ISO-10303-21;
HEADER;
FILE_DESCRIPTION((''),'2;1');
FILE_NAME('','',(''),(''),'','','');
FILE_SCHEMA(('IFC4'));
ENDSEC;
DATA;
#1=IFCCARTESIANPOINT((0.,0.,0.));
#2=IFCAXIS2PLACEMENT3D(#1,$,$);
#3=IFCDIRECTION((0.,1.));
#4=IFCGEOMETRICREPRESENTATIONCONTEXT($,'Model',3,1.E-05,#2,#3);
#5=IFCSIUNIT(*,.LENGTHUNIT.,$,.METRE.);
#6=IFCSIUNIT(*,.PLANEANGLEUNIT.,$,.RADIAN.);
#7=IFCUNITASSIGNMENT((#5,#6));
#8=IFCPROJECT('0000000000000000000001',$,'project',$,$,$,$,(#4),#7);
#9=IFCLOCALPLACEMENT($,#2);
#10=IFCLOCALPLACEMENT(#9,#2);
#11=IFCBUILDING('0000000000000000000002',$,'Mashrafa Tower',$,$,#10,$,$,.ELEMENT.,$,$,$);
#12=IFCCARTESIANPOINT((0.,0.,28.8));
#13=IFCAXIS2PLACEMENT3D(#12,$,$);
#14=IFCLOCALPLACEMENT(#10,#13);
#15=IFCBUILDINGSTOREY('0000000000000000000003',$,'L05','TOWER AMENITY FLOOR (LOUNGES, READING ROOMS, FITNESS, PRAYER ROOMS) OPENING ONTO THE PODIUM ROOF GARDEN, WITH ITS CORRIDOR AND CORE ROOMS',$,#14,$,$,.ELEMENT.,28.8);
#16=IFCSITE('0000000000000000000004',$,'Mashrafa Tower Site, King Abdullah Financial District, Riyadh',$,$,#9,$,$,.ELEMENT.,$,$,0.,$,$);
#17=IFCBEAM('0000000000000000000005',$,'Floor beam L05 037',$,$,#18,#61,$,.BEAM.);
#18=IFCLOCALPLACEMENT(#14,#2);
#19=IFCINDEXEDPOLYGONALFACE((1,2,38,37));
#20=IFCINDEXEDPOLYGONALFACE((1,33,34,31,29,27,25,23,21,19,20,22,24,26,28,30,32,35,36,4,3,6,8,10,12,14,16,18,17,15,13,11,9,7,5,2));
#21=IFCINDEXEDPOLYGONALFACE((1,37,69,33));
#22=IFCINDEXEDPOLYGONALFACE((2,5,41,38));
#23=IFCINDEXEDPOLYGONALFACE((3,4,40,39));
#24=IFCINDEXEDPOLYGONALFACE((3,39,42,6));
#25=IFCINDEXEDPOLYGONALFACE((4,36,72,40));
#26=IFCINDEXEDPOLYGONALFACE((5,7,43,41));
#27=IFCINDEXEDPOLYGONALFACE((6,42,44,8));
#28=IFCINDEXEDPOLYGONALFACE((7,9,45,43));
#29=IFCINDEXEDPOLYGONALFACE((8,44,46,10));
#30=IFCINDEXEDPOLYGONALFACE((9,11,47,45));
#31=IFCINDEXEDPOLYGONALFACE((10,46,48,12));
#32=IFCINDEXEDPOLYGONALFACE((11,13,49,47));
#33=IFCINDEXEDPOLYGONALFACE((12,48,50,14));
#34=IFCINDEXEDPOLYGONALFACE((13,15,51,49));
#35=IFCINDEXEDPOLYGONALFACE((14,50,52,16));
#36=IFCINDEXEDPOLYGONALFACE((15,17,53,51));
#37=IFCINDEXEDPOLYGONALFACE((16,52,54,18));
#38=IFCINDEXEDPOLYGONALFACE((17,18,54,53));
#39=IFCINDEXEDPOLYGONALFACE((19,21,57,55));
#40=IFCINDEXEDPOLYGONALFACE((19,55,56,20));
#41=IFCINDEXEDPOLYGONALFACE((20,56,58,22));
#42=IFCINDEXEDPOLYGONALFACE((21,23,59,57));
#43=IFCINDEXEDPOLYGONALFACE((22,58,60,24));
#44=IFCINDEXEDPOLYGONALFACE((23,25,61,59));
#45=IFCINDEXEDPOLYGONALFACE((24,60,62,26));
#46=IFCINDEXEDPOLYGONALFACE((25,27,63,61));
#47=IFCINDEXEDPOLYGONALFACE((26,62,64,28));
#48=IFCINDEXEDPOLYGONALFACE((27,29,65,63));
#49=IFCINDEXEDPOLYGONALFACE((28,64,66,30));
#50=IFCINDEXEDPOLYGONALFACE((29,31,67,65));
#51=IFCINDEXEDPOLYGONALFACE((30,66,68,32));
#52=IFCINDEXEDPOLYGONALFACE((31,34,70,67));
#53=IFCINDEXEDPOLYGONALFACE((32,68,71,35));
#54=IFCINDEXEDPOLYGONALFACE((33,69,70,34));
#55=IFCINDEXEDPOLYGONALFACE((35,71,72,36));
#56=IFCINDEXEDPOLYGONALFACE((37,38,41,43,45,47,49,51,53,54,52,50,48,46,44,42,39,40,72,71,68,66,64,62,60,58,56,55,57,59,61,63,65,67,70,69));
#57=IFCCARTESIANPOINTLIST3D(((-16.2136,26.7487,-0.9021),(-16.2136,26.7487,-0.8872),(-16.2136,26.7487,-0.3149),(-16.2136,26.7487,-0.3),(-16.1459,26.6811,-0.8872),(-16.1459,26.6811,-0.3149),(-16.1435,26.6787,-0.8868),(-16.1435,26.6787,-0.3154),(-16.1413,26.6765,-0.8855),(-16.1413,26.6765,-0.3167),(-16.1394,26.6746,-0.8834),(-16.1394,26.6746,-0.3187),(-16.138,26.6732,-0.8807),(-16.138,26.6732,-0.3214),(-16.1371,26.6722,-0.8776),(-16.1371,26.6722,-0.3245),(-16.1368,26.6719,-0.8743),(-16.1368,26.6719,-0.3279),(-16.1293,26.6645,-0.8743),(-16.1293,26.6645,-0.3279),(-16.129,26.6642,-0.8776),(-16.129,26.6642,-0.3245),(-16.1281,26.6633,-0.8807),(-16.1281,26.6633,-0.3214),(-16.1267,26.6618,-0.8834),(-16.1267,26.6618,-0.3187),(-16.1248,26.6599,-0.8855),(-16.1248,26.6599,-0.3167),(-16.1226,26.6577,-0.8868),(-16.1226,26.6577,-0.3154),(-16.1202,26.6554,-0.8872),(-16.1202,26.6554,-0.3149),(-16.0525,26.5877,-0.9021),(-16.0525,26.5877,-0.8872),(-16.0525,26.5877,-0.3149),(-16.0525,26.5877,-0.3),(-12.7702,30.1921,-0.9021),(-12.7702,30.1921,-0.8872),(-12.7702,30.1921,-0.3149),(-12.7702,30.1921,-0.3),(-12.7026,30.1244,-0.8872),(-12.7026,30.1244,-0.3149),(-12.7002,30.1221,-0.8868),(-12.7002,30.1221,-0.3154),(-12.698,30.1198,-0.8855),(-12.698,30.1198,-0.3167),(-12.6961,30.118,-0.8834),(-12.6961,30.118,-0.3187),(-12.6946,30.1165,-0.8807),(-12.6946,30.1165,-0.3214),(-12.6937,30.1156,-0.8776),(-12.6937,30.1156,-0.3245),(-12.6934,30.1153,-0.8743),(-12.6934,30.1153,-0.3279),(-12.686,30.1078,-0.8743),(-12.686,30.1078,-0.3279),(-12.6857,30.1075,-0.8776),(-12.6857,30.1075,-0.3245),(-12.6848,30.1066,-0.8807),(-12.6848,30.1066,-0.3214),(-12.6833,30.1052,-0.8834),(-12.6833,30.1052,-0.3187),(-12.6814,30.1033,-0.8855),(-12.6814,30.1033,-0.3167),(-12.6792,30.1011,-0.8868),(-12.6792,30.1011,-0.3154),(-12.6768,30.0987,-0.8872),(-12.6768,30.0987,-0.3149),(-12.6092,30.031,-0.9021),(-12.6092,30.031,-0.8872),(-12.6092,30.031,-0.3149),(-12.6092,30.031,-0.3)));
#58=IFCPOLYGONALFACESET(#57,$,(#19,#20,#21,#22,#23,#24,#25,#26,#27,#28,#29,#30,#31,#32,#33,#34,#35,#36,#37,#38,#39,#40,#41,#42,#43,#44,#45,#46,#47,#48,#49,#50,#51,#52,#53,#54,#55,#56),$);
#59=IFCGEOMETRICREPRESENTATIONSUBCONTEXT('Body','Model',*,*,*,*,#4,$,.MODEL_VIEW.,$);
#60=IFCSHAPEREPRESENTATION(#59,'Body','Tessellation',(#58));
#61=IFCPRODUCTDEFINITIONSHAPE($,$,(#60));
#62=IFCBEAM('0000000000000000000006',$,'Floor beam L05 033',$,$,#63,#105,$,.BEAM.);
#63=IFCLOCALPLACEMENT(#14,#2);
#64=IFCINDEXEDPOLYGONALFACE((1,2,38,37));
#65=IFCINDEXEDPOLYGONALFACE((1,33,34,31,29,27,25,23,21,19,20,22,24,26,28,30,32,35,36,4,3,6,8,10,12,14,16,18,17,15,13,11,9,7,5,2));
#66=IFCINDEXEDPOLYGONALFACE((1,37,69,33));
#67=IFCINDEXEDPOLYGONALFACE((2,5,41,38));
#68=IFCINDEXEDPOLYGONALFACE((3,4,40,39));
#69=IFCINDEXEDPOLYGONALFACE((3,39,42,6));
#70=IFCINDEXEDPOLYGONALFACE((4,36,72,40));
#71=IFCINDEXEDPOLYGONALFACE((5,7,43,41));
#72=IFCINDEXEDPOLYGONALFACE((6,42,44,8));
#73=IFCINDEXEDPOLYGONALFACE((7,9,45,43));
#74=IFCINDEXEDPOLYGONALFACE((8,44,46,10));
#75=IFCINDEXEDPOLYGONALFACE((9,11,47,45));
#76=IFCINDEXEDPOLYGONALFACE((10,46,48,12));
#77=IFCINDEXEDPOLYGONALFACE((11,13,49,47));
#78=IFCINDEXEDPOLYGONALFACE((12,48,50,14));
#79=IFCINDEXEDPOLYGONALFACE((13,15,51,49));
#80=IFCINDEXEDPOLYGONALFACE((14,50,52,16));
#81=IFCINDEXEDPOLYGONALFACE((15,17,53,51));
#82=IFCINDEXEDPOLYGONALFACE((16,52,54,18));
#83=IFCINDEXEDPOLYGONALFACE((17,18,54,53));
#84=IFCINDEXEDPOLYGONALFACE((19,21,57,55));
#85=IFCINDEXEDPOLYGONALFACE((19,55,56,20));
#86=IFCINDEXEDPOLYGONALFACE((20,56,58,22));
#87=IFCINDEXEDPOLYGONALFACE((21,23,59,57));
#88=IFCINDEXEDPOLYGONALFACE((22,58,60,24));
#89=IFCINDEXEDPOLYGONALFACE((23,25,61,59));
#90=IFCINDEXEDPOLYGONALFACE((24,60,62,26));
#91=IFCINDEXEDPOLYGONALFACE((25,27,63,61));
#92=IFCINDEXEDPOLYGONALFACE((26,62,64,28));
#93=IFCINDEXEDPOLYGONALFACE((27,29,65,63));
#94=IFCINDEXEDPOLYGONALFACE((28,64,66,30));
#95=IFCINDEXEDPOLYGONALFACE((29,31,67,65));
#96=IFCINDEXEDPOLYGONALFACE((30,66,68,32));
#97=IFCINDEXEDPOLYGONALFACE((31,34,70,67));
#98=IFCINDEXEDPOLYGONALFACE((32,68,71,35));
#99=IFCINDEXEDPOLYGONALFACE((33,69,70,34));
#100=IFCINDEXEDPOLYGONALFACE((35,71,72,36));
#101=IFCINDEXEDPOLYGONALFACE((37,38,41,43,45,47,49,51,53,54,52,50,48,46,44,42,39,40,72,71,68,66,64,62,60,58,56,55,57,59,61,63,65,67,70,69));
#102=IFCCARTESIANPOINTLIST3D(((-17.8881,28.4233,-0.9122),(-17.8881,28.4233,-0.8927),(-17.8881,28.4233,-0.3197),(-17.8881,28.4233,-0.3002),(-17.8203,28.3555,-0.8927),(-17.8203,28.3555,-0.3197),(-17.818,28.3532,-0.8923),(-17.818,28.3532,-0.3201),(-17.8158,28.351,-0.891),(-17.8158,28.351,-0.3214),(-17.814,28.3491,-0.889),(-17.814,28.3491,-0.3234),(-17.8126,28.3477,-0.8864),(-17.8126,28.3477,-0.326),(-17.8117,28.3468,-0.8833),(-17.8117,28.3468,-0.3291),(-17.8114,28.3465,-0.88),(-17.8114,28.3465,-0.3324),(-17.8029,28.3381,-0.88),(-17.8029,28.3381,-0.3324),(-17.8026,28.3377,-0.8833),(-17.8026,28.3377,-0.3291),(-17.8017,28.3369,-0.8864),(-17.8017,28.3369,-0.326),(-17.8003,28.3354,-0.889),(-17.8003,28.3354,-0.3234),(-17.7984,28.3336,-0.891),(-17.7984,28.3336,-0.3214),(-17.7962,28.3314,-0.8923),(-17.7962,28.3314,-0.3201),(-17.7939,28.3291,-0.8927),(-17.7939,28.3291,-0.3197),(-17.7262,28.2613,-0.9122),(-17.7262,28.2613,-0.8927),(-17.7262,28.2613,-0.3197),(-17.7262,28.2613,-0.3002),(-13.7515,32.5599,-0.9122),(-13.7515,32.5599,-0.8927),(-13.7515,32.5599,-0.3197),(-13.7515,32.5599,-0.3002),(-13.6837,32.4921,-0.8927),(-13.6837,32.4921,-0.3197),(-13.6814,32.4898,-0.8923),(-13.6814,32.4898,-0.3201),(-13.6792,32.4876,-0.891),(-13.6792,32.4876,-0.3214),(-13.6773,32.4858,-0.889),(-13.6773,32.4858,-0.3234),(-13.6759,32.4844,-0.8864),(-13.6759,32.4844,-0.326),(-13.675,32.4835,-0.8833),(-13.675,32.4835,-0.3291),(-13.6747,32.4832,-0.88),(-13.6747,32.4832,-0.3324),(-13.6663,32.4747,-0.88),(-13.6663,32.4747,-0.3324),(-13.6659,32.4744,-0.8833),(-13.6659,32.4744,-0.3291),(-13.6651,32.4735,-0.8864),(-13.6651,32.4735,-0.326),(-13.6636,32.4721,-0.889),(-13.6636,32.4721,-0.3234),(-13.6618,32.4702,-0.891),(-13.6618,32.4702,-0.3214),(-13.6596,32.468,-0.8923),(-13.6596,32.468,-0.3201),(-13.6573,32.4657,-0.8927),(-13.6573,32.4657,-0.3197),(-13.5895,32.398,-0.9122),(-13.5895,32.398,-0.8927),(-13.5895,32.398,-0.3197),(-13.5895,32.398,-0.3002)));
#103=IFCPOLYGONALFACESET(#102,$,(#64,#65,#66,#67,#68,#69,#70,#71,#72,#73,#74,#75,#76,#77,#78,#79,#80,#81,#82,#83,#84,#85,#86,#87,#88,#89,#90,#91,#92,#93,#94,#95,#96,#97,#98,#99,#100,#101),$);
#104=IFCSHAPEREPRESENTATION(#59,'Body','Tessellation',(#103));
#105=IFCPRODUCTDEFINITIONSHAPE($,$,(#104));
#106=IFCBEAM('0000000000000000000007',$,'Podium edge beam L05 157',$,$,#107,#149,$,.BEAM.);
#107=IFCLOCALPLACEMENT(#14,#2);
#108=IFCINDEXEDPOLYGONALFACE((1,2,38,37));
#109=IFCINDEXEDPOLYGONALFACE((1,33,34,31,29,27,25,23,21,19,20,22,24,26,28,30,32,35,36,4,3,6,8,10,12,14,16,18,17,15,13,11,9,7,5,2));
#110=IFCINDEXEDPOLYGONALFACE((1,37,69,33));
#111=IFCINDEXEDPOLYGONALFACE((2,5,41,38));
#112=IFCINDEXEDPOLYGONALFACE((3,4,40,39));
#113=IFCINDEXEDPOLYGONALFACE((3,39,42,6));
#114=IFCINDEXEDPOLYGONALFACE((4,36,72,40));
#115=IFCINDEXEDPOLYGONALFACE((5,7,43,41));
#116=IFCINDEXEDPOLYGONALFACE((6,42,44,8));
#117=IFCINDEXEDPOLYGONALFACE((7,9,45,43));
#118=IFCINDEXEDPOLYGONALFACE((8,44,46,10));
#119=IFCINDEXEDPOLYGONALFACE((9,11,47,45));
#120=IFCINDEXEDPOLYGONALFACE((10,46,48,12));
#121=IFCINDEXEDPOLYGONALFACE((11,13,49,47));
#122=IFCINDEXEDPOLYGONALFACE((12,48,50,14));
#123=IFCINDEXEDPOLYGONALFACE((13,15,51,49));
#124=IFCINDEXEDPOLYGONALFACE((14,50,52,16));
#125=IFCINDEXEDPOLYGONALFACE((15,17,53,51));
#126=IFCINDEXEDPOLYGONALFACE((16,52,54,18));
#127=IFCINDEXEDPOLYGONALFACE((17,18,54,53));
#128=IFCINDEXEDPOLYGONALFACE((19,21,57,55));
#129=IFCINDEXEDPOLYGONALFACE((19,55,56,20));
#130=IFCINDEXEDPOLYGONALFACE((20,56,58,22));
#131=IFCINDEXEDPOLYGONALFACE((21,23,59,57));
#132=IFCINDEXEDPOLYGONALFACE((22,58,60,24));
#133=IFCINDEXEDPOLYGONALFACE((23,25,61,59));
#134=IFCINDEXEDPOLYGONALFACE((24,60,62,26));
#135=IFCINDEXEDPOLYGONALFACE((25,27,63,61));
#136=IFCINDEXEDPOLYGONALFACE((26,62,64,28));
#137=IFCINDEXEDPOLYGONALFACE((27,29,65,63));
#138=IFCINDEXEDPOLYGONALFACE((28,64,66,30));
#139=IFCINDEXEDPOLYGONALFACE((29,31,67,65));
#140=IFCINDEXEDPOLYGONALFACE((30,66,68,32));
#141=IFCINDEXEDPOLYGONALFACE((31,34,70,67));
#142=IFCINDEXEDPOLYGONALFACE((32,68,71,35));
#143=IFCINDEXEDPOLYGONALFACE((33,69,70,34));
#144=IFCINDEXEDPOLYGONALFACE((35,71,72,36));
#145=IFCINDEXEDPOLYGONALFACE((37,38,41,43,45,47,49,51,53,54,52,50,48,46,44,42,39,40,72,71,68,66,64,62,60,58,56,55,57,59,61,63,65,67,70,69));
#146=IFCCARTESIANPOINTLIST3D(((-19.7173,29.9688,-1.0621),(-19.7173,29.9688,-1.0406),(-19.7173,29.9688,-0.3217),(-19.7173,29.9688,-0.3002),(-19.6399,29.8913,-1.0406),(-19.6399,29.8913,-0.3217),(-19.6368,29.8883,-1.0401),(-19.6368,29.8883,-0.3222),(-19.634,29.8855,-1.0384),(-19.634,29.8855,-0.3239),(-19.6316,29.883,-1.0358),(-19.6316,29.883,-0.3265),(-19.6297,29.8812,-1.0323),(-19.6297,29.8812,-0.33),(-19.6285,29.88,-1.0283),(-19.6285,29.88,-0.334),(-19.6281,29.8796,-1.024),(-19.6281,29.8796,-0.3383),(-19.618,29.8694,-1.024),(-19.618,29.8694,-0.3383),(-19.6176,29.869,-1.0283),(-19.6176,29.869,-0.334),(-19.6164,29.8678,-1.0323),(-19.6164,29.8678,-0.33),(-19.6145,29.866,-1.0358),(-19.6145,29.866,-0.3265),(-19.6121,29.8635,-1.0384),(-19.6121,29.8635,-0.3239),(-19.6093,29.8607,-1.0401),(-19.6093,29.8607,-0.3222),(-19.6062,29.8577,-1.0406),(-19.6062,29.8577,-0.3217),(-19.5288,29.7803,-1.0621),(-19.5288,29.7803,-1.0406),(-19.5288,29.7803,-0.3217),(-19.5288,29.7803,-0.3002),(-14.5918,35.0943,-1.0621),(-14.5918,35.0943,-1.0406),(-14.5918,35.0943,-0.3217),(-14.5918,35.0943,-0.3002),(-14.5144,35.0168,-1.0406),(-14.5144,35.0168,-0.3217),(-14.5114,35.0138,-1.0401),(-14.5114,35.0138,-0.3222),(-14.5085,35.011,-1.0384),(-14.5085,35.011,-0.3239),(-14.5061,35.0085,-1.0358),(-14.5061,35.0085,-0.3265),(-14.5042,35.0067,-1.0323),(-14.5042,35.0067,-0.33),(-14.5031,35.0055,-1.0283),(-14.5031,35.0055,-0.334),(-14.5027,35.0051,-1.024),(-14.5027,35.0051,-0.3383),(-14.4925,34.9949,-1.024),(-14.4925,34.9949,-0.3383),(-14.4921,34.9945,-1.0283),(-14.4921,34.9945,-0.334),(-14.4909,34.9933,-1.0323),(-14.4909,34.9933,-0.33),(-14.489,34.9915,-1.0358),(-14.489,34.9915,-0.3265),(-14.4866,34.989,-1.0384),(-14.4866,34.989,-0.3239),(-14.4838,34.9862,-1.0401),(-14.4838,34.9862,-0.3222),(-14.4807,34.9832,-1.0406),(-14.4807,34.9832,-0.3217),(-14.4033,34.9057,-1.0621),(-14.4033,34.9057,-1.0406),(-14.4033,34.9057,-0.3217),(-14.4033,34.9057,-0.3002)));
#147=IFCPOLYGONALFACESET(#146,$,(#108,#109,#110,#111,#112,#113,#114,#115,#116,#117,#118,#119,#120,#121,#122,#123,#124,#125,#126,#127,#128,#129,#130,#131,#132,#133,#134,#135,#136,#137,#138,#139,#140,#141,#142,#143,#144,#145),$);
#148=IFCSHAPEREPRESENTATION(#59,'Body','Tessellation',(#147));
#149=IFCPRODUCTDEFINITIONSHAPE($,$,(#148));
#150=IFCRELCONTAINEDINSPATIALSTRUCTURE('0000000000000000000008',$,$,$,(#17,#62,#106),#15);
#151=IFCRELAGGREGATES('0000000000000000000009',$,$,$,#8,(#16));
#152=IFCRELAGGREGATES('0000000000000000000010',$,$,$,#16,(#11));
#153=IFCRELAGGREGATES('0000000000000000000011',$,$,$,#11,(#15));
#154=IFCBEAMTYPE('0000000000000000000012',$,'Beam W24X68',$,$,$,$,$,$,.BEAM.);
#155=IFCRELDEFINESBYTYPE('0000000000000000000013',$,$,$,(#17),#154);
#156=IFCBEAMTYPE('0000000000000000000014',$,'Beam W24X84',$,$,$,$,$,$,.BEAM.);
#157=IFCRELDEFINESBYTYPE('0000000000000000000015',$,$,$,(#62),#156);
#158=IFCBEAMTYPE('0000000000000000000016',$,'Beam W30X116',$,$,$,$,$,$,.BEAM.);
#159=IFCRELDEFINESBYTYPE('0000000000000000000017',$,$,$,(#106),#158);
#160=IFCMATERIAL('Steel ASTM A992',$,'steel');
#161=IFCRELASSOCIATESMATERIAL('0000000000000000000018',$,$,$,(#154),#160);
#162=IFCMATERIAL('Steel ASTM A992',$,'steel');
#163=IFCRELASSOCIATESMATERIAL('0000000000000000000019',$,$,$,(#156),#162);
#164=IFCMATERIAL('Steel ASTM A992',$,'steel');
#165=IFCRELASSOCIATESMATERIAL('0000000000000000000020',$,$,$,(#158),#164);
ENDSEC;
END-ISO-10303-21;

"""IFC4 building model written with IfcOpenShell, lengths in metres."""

from ifc_helpers import new_model, si_unit, direction, frame, origin, origin_2d, place, context, subcontext, project, spatial, i_section, extrude, material, material_profile, profile_set, type_object, element, save


model = new_model("IFC4")

# Units and contexts
model_context = context("Model", 3, precision=1e-05, world=origin(), true_north=direction((0.0, 1.0)))
body_context = subcontext(model_context, "Body", "Model", "MODEL_VIEW")
ifc_project = project(units=[si_unit("LENGTHUNIT", "METRE"), si_unit("PLANEANGLEUNIT", "RADIAN")], contexts=[model_context])

# Site, building, storey
site_placement = place(None, origin())
site = spatial("IfcSite", under=ifc_project, at=site_placement, Name="Mashrafa Tower Site, King Abdullah Financial District, Riyadh", CompositionType="ELEMENT", RefElevation=0.0)
building_placement = place(site_placement, origin())
building = spatial("IfcBuilding", under=site, at=building_placement, Name="Mashrafa Tower", CompositionType="ELEMENT")
storey_placement = place(building_placement, frame((0.0, 0.0, 28.8)))
storey = spatial("IfcBuildingStorey", under=building, at=storey_placement, Name="L05", Description="TOWER AMENITY FLOOR (LOUNGES, READING ROOMS, FITNESS, PRAYER ROOMS) OPENING ONTO THE PODIUM ROOF GARDEN, WITH ITS CORRIDOR AND CORE ROOMS", CompositionType="ELEMENT", Elevation=28.8)

# Beams
ifc_material_1 = material(Name="Steel ASTM A992", Category="steel")
ifc_material_profile_1 = material_profile(ifc_material_1, i_section(OverallWidth=0.2278, OverallDepth=0.6021, WebThickness=0.0105, FlangeThickness=0.0149, FilletRadius=0.0129, at=origin_2d()), Name="W24X68")
ifc_profile_set_1 = profile_set([ifc_material_profile_1], Name="Steel ASTM A992")
beam_type_1 = type_object("IfcBeamType", Name="Beam W24X68", PredefinedType="BEAM", material=ifc_profile_set_1)
beam_1_placement = place(storey_placement, frame((-16.1331, 26.6682, -0.6011), z_axis=(0.707107, 0.707107, 0.0), x_axis=(-0.707107, 0.707107, 0.0)))
element("IfcBeam", 1, at=beam_1_placement, inside=storey, type_object=beam_type_1, Name="Floor beam L05 037", PredefinedType="BEAM", context=body_context, shape_type="SweptSolid", body=[
    extrude(i_section(OverallWidth=0.2278, OverallDepth=0.6021, WebThickness=0.0105, FlangeThickness=0.0149, FilletRadius=0.0129, at=origin_2d()), origin(), (0.0, 0.0, 1.0), 4.8696),
])
ifc_material_2 = material(Name="Steel ASTM A992", Category="steel")
ifc_material_profile_2 = material_profile(ifc_material_2, i_section(OverallWidth=0.229, OverallDepth=0.6121, WebThickness=0.012, FlangeThickness=0.0195, FilletRadius=0.0127, at=origin_2d()), Name="W24X84")
ifc_profile_set_2 = profile_set([ifc_material_profile_2], Name="Steel ASTM A992")
beam_type_2 = type_object("IfcBeamType", Name="Beam W24X84", PredefinedType="BEAM", material=ifc_profile_set_2)
beam_2_placement = place(storey_placement, frame((-17.8071, 28.3423, -0.6062), z_axis=(0.707107, 0.707107, 0.0), x_axis=(-0.707107, 0.707107, 0.0)))
element("IfcBeam", 2, at=beam_2_placement, inside=storey, type_object=beam_type_2, Name="Floor beam L05 033", PredefinedType="BEAM", context=body_context, shape_type="SweptSolid", body=[
    extrude(i_section(OverallWidth=0.229, OverallDepth=0.6121, WebThickness=0.012, FlangeThickness=0.0195, FilletRadius=0.0127, at=origin_2d()), origin(), (0.0, 0.0, 1.0), 5.8501),
])
ifc_material_3 = material(Name="Steel ASTM A992", Category="steel")
ifc_material_profile_3 = material_profile(ifc_material_3, i_section(OverallWidth=0.2666, OverallDepth=0.762, WebThickness=0.0144, FlangeThickness=0.0215, FilletRadius=0.0166, at=origin_2d()), Name="W30X116")
ifc_profile_set_3 = profile_set([ifc_material_profile_3], Name="Steel ASTM A992")
beam_type_3 = type_object("IfcBeamType", Name="Beam W30X116", PredefinedType="BEAM", material=ifc_profile_set_3)
beam_3_placement = place(storey_placement, frame((-14.4976, 35.0, -0.6812), z_axis=(-0.707107, -0.707107, 0.0), x_axis=(0.707107, -0.707107, 0.0)))
element("IfcBeam", 3, at=beam_3_placement, inside=storey, type_object=beam_type_3, Name="Podium edge beam L05 157", PredefinedType="BEAM", context=body_context, shape_type="SweptSolid", body=[
    extrude(i_section(OverallWidth=0.2666, OverallDepth=0.762, WebThickness=0.0144, FlangeThickness=0.0215, FilletRadius=0.0166, at=origin_2d()), origin(), (0.0, 0.0, 1.0), 7.2485),
])

save(model, "model.ifc")
